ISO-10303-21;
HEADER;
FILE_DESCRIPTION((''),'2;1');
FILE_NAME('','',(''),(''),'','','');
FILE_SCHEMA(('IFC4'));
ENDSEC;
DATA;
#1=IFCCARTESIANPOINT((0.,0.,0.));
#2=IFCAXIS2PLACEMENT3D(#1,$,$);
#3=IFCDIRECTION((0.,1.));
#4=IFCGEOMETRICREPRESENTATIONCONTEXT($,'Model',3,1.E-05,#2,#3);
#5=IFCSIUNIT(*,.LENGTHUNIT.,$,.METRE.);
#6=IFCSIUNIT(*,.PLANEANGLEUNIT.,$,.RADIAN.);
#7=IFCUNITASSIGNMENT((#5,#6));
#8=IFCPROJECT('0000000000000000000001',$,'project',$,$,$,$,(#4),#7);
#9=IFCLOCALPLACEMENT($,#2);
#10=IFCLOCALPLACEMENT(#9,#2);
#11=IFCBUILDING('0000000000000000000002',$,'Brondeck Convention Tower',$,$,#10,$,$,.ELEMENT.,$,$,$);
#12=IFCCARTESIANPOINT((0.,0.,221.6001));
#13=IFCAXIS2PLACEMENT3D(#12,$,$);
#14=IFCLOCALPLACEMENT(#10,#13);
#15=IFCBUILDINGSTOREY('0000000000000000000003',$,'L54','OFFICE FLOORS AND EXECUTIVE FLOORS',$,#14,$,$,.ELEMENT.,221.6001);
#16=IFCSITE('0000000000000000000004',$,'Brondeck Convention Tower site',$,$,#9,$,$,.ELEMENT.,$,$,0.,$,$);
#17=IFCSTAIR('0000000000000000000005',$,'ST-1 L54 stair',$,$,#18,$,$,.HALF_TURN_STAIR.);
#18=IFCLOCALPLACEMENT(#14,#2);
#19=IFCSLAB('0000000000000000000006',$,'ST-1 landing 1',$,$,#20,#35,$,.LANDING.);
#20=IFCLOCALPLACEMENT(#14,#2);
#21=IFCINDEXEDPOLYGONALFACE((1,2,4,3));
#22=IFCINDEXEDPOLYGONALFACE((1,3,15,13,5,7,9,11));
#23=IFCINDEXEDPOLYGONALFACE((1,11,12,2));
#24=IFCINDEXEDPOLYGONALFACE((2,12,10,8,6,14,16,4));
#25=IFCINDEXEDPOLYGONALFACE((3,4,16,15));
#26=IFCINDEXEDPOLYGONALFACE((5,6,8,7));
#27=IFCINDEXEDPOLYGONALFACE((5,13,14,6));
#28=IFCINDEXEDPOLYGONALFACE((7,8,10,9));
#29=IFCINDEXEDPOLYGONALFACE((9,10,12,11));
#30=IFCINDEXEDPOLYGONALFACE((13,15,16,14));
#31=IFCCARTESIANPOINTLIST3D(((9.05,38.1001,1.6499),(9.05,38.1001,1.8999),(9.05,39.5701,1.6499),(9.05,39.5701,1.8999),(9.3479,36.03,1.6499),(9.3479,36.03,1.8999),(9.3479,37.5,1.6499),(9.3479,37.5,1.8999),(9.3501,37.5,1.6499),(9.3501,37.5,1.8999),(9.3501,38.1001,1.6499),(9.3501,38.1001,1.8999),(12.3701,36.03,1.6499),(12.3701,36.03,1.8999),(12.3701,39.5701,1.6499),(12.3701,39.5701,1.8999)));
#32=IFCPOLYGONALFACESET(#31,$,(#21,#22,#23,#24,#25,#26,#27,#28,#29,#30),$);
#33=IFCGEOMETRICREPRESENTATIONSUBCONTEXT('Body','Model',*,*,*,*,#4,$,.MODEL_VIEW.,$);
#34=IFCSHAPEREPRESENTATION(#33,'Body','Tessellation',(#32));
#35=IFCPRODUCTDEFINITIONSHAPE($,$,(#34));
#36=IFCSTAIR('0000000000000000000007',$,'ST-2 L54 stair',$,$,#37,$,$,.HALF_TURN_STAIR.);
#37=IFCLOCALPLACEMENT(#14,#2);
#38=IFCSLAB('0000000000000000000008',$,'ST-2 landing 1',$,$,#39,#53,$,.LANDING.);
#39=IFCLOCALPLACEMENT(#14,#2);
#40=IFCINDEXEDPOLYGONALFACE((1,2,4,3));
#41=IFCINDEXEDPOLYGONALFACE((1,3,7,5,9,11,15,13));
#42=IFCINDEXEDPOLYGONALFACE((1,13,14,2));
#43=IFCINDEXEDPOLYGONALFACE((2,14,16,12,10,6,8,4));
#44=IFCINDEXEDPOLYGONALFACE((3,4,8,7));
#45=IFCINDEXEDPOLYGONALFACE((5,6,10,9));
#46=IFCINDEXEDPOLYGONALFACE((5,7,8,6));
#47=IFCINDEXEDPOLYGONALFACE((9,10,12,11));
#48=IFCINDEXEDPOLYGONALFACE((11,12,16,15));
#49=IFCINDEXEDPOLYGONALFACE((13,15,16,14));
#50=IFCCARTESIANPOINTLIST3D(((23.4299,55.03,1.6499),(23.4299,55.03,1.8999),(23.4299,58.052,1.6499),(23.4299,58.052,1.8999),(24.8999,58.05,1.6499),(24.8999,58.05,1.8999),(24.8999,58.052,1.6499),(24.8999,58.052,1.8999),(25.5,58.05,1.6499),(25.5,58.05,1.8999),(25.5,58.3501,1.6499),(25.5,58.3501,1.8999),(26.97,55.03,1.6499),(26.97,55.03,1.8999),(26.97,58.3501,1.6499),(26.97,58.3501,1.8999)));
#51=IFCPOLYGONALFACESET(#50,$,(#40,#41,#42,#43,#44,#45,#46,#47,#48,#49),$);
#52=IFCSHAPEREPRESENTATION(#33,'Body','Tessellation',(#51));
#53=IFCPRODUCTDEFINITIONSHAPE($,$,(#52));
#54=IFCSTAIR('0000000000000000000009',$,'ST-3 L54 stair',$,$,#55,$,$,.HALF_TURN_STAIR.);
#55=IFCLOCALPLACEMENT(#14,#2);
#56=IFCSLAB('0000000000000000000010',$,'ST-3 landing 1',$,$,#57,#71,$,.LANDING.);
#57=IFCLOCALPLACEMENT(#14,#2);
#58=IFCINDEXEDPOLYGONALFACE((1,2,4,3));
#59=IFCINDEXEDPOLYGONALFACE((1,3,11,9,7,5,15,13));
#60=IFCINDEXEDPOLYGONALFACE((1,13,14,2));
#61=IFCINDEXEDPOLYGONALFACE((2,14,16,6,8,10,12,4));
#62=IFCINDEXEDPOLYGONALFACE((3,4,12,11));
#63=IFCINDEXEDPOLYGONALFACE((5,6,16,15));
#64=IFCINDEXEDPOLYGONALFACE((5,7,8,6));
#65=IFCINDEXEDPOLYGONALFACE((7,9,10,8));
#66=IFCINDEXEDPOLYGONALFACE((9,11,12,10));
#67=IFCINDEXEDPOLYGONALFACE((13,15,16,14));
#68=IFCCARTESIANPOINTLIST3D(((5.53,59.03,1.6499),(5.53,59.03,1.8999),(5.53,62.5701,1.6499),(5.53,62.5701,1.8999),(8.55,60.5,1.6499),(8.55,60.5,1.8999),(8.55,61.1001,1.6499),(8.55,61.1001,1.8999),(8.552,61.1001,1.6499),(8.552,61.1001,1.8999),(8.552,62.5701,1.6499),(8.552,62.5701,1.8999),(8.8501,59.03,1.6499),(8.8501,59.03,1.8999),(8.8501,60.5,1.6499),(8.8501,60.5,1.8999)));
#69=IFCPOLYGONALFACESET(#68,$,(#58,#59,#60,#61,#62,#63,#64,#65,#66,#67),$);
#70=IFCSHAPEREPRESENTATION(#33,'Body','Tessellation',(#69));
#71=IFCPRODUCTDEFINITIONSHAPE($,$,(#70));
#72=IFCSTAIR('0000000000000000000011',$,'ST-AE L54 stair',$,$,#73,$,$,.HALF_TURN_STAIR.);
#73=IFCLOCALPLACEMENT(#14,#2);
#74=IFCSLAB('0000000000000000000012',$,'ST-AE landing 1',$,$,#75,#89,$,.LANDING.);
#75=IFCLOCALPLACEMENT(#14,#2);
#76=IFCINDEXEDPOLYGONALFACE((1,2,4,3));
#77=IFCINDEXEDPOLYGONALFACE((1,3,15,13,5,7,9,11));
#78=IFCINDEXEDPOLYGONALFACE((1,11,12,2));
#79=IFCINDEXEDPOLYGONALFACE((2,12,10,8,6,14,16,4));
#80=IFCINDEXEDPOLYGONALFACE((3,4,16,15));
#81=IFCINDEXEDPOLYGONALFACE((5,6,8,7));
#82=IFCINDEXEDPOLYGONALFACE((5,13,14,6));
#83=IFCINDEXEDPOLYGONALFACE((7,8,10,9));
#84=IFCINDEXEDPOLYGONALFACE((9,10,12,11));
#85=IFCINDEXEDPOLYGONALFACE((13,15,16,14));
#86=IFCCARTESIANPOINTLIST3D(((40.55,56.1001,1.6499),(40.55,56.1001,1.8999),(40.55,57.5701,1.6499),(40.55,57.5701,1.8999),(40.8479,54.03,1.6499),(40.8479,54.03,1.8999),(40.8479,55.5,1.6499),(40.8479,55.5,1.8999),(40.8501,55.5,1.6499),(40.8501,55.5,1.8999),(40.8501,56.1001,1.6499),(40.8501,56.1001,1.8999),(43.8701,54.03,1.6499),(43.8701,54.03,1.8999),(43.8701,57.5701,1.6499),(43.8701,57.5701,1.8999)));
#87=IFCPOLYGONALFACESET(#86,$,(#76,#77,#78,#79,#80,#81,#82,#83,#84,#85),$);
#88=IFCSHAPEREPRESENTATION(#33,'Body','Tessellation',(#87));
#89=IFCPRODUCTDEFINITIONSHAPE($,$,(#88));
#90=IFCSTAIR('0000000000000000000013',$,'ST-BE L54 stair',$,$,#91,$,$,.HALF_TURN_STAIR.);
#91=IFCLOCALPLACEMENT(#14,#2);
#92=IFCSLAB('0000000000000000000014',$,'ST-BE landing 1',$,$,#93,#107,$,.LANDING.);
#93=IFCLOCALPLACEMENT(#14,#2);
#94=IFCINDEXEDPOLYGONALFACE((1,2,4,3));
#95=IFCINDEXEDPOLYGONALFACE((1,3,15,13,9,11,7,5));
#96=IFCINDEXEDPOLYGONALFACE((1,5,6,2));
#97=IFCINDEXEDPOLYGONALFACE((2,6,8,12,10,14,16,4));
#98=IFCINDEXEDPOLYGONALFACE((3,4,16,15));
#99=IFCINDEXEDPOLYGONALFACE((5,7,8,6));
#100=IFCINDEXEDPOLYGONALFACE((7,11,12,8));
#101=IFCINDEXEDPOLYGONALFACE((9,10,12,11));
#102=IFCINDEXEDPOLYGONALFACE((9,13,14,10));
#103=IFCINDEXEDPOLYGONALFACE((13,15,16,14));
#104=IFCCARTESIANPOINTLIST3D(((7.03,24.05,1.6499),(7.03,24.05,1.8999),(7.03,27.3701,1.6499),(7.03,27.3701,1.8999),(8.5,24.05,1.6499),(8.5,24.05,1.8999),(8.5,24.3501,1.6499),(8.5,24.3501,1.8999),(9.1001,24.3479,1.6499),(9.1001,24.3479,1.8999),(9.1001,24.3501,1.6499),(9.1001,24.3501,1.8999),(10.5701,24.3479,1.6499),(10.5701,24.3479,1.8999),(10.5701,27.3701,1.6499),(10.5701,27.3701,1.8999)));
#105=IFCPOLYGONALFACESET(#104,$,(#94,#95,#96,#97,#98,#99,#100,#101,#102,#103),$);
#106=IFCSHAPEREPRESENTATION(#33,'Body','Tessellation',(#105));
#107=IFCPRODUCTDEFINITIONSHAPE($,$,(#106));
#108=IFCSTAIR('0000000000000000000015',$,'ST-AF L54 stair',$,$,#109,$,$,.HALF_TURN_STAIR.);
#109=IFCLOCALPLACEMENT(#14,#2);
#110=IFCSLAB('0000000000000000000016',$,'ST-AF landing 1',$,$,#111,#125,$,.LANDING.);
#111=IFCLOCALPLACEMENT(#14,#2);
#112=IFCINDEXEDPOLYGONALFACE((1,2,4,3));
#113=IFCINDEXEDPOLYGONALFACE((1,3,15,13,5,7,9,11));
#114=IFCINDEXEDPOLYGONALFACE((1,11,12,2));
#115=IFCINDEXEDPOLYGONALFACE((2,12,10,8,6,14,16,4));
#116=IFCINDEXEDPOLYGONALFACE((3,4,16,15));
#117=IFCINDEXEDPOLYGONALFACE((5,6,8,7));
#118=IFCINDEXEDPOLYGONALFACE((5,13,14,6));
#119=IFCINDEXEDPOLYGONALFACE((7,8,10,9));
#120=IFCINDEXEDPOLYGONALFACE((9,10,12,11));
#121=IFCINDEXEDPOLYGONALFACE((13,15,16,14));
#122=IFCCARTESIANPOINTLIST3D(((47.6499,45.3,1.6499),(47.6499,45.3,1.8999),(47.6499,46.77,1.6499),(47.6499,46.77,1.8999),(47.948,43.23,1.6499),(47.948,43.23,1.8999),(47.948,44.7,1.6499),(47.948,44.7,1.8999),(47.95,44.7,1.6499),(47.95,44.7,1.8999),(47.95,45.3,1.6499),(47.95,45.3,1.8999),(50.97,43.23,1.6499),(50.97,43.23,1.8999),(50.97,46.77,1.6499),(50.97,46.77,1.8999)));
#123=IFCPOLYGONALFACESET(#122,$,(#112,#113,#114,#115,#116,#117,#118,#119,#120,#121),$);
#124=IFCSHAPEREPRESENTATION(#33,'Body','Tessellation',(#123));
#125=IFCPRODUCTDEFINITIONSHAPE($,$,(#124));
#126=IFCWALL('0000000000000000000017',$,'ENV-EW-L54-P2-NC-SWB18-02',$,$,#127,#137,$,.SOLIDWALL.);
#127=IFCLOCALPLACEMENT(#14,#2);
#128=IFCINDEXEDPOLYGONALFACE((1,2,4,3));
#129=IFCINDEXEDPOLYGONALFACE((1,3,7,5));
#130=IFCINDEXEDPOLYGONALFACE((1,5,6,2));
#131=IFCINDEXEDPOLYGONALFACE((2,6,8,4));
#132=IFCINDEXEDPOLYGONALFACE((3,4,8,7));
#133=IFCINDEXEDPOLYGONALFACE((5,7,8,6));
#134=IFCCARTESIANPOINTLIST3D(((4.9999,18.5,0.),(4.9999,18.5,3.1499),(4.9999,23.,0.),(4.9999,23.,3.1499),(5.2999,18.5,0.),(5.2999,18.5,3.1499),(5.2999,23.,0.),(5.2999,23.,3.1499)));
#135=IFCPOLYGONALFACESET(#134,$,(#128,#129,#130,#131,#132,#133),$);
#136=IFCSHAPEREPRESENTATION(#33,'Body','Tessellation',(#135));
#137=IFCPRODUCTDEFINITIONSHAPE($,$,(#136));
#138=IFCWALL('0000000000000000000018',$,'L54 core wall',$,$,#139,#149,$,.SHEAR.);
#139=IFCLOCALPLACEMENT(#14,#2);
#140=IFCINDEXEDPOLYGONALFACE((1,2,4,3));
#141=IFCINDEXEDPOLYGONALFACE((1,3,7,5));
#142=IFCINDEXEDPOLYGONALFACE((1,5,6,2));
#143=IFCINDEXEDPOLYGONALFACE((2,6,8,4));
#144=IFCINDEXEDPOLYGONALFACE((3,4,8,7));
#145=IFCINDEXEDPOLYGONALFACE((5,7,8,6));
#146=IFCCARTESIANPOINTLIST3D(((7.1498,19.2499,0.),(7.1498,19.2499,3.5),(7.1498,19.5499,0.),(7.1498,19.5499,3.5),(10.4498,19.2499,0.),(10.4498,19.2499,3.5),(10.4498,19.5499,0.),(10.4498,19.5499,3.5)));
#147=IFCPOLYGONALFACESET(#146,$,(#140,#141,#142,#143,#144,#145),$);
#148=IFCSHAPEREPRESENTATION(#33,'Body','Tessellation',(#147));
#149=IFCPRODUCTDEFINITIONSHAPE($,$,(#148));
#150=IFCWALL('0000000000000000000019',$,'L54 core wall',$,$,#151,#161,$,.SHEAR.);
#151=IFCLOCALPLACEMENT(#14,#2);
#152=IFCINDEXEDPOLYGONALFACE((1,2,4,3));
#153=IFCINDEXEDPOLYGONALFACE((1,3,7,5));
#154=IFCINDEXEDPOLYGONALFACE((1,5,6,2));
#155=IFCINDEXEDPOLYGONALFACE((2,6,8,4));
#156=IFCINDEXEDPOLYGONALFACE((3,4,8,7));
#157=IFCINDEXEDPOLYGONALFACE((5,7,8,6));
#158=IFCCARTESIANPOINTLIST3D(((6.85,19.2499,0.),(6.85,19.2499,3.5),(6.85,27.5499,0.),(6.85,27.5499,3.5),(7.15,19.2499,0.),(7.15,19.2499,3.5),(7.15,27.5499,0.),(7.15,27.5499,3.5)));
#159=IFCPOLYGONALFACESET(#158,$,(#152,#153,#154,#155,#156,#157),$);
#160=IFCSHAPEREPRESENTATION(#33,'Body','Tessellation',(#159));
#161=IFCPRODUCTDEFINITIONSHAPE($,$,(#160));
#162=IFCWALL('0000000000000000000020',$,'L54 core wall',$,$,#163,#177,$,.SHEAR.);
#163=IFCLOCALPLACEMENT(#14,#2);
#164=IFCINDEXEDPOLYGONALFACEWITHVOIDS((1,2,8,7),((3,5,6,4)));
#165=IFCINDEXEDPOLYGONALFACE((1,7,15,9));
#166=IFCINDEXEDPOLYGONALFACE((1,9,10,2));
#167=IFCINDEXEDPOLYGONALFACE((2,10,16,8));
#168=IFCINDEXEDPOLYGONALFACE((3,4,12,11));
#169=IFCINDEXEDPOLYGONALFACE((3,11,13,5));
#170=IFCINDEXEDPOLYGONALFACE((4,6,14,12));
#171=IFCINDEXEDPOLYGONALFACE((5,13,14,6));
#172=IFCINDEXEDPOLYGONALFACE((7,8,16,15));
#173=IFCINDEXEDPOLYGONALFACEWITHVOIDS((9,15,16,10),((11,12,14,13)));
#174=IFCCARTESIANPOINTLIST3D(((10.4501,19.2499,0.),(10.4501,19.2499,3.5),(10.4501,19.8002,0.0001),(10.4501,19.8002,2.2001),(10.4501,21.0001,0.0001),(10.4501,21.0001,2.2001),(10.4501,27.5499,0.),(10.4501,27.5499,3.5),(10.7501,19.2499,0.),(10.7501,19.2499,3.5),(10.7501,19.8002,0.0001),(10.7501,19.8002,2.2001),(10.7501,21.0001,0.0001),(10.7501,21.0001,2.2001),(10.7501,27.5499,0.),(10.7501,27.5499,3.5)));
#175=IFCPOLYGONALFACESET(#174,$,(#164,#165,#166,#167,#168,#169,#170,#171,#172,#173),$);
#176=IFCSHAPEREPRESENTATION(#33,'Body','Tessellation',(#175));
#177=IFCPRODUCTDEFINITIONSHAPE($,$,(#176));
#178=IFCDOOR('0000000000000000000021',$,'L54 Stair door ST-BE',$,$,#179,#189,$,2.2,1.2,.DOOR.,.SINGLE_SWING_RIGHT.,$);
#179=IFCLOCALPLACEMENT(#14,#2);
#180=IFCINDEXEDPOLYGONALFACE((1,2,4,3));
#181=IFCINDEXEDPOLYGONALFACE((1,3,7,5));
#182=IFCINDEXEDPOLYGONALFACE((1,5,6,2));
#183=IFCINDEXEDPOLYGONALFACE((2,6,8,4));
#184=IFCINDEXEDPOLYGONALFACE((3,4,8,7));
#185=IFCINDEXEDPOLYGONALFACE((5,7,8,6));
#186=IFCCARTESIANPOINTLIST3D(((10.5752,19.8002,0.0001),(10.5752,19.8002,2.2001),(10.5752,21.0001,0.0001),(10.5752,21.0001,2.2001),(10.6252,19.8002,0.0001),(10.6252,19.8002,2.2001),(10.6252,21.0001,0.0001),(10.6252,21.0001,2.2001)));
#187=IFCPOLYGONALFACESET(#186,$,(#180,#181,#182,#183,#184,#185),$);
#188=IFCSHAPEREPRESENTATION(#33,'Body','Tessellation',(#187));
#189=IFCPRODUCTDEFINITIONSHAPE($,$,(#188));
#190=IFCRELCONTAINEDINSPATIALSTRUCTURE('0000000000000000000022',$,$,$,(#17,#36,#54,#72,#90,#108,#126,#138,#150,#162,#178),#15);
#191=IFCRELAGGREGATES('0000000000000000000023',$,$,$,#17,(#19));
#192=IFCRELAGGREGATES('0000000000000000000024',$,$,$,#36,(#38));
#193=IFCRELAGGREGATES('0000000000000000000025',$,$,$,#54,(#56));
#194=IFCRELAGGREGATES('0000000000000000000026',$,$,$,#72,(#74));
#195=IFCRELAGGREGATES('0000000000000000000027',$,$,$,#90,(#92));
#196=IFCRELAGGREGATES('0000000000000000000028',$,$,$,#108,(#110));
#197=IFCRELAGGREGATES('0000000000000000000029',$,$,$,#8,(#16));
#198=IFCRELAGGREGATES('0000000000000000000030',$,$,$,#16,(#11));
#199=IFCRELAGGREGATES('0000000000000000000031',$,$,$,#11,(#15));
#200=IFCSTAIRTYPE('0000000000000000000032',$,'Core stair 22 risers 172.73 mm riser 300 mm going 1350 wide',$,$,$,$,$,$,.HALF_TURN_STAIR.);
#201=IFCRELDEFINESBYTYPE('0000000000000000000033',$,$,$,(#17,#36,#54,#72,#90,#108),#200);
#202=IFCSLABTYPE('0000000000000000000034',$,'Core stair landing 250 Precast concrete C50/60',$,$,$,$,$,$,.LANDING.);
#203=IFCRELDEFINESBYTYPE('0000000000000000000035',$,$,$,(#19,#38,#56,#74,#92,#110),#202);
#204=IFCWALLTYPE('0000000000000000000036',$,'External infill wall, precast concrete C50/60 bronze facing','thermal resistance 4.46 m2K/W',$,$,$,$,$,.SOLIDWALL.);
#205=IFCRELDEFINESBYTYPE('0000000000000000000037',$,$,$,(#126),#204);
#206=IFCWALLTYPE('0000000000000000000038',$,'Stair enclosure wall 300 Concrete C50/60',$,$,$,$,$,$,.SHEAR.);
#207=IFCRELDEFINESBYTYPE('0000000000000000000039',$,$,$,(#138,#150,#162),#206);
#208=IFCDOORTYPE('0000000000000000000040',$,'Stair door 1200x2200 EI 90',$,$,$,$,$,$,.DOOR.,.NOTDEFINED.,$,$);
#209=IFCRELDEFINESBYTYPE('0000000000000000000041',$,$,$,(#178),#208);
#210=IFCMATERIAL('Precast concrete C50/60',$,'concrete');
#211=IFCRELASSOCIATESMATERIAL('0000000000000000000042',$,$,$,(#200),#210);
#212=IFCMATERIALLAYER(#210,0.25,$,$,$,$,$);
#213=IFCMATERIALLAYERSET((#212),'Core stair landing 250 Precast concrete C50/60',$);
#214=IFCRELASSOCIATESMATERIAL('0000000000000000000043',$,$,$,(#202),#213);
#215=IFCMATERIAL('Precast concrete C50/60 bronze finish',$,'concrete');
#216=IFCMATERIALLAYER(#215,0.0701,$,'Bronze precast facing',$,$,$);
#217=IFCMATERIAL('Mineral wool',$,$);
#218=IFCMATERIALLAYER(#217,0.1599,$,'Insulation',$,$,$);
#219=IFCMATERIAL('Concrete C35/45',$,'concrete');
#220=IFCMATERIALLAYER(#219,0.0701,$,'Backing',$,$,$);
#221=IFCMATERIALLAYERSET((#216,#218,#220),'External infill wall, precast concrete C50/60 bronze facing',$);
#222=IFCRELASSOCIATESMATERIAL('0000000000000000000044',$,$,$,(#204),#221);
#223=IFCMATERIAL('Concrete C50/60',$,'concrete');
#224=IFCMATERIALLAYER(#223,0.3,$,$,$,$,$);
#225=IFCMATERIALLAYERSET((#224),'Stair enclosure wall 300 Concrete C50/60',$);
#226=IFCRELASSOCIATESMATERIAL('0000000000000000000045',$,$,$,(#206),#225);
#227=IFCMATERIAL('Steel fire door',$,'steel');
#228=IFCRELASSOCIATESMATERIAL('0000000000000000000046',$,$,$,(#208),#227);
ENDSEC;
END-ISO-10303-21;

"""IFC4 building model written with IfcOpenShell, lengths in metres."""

from ifc_helpers import new_model, si_unit, direction, frame, frame_2d, origin, place, context, subcontext, project, spatial, polyline, rectangle, outline, extrude, material, layer, layer_set, type_object, element, fill, aggregate, save


model = new_model("IFC4")

# Units and contexts
model_context = context("Model", 3, precision=1e-05, world=origin(), true_north=direction((0.0, 1.0)))
body_context = subcontext(model_context, "Body", "Model", "MODEL_VIEW")
ifc_project = project(units=[si_unit("LENGTHUNIT", "METRE"), si_unit("PLANEANGLEUNIT", "RADIAN")], contexts=[model_context])

# Site, building, storey
site_placement = place(None, origin())
site = spatial("IfcSite", under=ifc_project, at=site_placement, Name="Brondeck Convention Tower site", CompositionType="ELEMENT", RefElevation=0.0)
building_placement = place(site_placement, origin())
building = spatial("IfcBuilding", under=site, at=building_placement, Name="Brondeck Convention Tower", CompositionType="ELEMENT")
storey_placement = place(building_placement, frame((0.0, 0.0, 221.6001)))
storey = spatial("IfcBuildingStorey", under=building, at=storey_placement, Name="L54", Description="OFFICE FLOORS AND EXECUTIVE FLOORS", CompositionType="ELEMENT", Elevation=221.6001)

# Shared definitions
ifc_material_1 = material(Name="Concrete C50/60", Category="concrete")

# Shared definitions
ifc_material_2 = material(Name="Concrete C35/45", Category="concrete")

# Stairs, slabs
ifc_material_3 = material(Name="Precast concrete C50/60", Category="concrete")
stair_type = type_object("IfcStairType", Name="Core stair 22 risers 172.73 mm riser 300 mm going 1350 wide", PredefinedType="HALF_TURN_STAIR", material=ifc_material_3)
stair_1_placement = place(storey_placement, origin())
stair_1 = element("IfcStair", 1, at=stair_1_placement, inside=storey, type_object=stair_type, Name="ST-1 L54 stair", PredefinedType="HALF_TURN_STAIR")
ifc_layer_1 = layer(ifc_material_3, 0.25)
ifc_layer_set_1 = layer_set([ifc_layer_1], Name="Core stair landing 250 Precast concrete C50/60")
slab_type_1 = type_object("IfcSlabType", Name="Core stair landing 250 Precast concrete C50/60", PredefinedType="LANDING", material=ifc_layer_set_1)
slab_1_placement = place(storey_placement, frame((0.0, 0.0, 1.6499)))
slab_1 = element("IfcSlab", 2, at=slab_1_placement, type_object=slab_type_1, Name="ST-1 landing 1", PredefinedType="LANDING", context=body_context, shape_type="SweptSolid", body=[
    extrude(outline(polyline([(9.3479, 37.5), (9.3501, 37.5), (9.3501, 38.1001), (9.05, 38.1001), (9.05, 39.5701), (12.3701, 39.5701), (12.3701, 36.03), (9.3479, 36.03), (9.3479, 37.5)])), origin(), (0.0, 0.0, 1.0), 0.25),
])
aggregate(stair_1, [slab_1])
stair_2_placement = place(storey_placement, origin())
stair_2 = element("IfcStair", 3, at=stair_2_placement, inside=storey, type_object=stair_type, Name="ST-2 L54 stair", PredefinedType="HALF_TURN_STAIR")
slab_2_placement = place(storey_placement, frame((0.0, 0.0, 1.6499)))
slab_2 = element("IfcSlab", 4, at=slab_2_placement, type_object=slab_type_1, Name="ST-2 landing 1", PredefinedType="LANDING", context=body_context, shape_type="SweptSolid", body=[
    extrude(outline(polyline([(23.4299, 58.052), (24.8999, 58.052), (24.8999, 58.05), (25.5, 58.05), (25.5, 58.3501), (26.97, 58.3501), (26.97, 55.03), (23.4299, 55.03), (23.4299, 58.052)])), origin(), (0.0, 0.0, 1.0), 0.25),
])
aggregate(stair_2, [slab_2])
stair_3_placement = place(storey_placement, origin())
stair_3 = element("IfcStair", 5, at=stair_3_placement, inside=storey, type_object=stair_type, Name="ST-3 L54 stair", PredefinedType="HALF_TURN_STAIR")
slab_3_placement = place(storey_placement, frame((0.0, 0.0, 1.6499)))
slab_3 = element("IfcSlab", 6, at=slab_3_placement, type_object=slab_type_1, Name="ST-3 landing 1", PredefinedType="LANDING", context=body_context, shape_type="SweptSolid", body=[
    extrude(outline(polyline([(8.8501, 60.5), (8.8501, 59.03), (5.53, 59.03), (5.53, 62.5701), (8.552, 62.5701), (8.552, 61.1001), (8.55, 61.1001), (8.55, 60.5), (8.8501, 60.5)])), origin(), (0.0, 0.0, 1.0), 0.25),
])
aggregate(stair_3, [slab_3])
stair_4_placement = place(storey_placement, origin())
stair_4 = element("IfcStair", 7, at=stair_4_placement, inside=storey, type_object=stair_type, Name="ST-AE L54 stair", PredefinedType="HALF_TURN_STAIR")
slab_4_placement = place(storey_placement, frame((0.0, 0.0, 1.6499)))
slab_4 = element("IfcSlab", 8, at=slab_4_placement, type_object=slab_type_1, Name="ST-AE landing 1", PredefinedType="LANDING", context=body_context, shape_type="SweptSolid", body=[
    extrude(outline(polyline([(40.8479, 55.5), (40.8501, 55.5), (40.8501, 56.1001), (40.55, 56.1001), (40.55, 57.5701), (43.8701, 57.5701), (43.8701, 54.03), (40.8479, 54.03), (40.8479, 55.5)])), origin(), (0.0, 0.0, 1.0), 0.25),
])
aggregate(stair_4, [slab_4])
stair_5_placement = place(storey_placement, origin())
stair_5 = element("IfcStair", 9, at=stair_5_placement, inside=storey, type_object=stair_type, Name="ST-BE L54 stair", PredefinedType="HALF_TURN_STAIR")
slab_5_placement = place(storey_placement, frame((0.0, 0.0, 1.6499)))
slab_5 = element("IfcSlab", 10, at=slab_5_placement, type_object=slab_type_1, Name="ST-BE landing 1", PredefinedType="LANDING", context=body_context, shape_type="SweptSolid", body=[
    extrude(outline(polyline([(7.03, 24.05), (7.03, 27.3701), (10.5701, 27.3701), (10.5701, 24.3479), (9.1001, 24.3479), (9.1001, 24.3501), (8.5, 24.3501), (8.5, 24.05), (7.03, 24.05)])), origin(), (0.0, 0.0, 1.0), 0.25),
])
aggregate(stair_5, [slab_5])
stair_6_placement = place(storey_placement, origin())
stair_6 = element("IfcStair", 11, at=stair_6_placement, inside=storey, type_object=stair_type, Name="ST-AF L54 stair", PredefinedType="HALF_TURN_STAIR")
slab_6_placement = place(storey_placement, frame((0.0, 0.0, 1.6499)))
slab_6 = element("IfcSlab", 12, at=slab_6_placement, type_object=slab_type_1, Name="ST-AF landing 1", PredefinedType="LANDING", context=body_context, shape_type="SweptSolid", body=[
    extrude(outline(polyline([(47.948, 44.7), (47.95, 44.7), (47.95, 45.3), (47.6499, 45.3), (47.6499, 46.77), (50.97, 46.77), (50.97, 43.23), (47.948, 43.23), (47.948, 44.7)])), origin(), (0.0, 0.0, 1.0), 0.25),
])
aggregate(stair_6, [slab_6])

# Walls
ifc_material_4 = material(Name="Precast concrete C50/60 bronze finish", Category="concrete")
ifc_layer_2 = layer(ifc_material_4, 0.0701, Name="Bronze precast facing")
ifc_material_5 = material(Name="Mineral wool")
ifc_layer_3 = layer(ifc_material_5, 0.1599, Name="Insulation")
ifc_layer_4 = layer(ifc_material_2, 0.0701, Name="Backing")
ifc_layer_set_2 = layer_set([ifc_layer_2, ifc_layer_3, ifc_layer_4], Name="External infill wall, precast concrete C50/60 bronze facing")
wall_type_1 = type_object("IfcWallType", Name="External infill wall, precast concrete C50/60 bronze facing", Description="thermal resistance 4.46 m2K/W", PredefinedType="SOLIDWALL", material=ifc_layer_set_2)
wall_1_placement = place(storey_placement, frame((5.1499, 18.5, 0.0), z_axis=(0.0, 0.0, 1.0), x_axis=(0.0, 1.0, 0.0)))
element("IfcWall", 13, at=wall_1_placement, inside=storey, type_object=wall_type_1, Name="ENV-EW-L54-P2-NC-SWB18-02", PredefinedType="SOLIDWALL", context=body_context, shape_type="SweptSolid", body=[
    extrude(rectangle(XDim=4.5, YDim=0.3, at=frame_2d((2.25, 0.0))), origin(), (0.0, 0.0, 1.0), 3.1499),
])
ifc_layer_5 = layer(ifc_material_1, 0.3)
ifc_layer_set_3 = layer_set([ifc_layer_5], Name="Stair enclosure wall 300 Concrete C50/60")
wall_type_2 = type_object("IfcWallType", Name="Stair enclosure wall 300 Concrete C50/60", PredefinedType="SHEAR", material=ifc_layer_set_3)
wall_2_placement = place(storey_placement, frame((7.1499, 19.3999, 0.0), z_axis=(0.0, 0.0, 1.0), x_axis=(1.0, 0.0, 0.0)))
element("IfcWall", 14, at=wall_2_placement, inside=storey, type_object=wall_type_2, Name="L54 core wall", PredefinedType="SHEAR", context=body_context, shape_type="SweptSolid", body=[
    extrude(rectangle(XDim=3.3, YDim=0.3, at=frame_2d((1.6499, 0.0))), origin(), (0.0, 0.0, 1.0), 3.5),
])
wall_3_placement = place(storey_placement, frame((7.0, 19.25, 0.0), z_axis=(0.0, 0.0, 1.0), x_axis=(0.0, 1.0, 0.0)))
element("IfcWall", 15, at=wall_3_placement, inside=storey, type_object=wall_type_2, Name="L54 core wall", PredefinedType="SHEAR", context=body_context, shape_type="SweptSolid", body=[
    extrude(rectangle(XDim=8.3, YDim=0.3, at=frame_2d((4.1499, 0.0))), origin(), (0.0, 0.0, 1.0), 3.5),
])

# Wall, opening, door
wall_4_placement = place(storey_placement, frame((10.6001, 19.25, 0.0), z_axis=(0.0, 0.0, 1.0), x_axis=(0.0, 1.0, 0.0)))
wall_4 = element("IfcWall", 16, at=wall_4_placement, inside=storey, type_object=wall_type_2, Name="L54 core wall", PredefinedType="SHEAR", context=body_context, shape_type="SweptSolid", body=[
    extrude(rectangle(XDim=8.3, YDim=0.3, at=frame_2d((4.1499, 0.0))), origin(), (0.0, 0.0, 1.0), 3.5),
])
opening_placement = place(wall_4_placement, frame((0.55, 0.0, 0.0)))
opening = element("IfcOpeningElement", 17, at=opening_placement, cuts=wall_4, PredefinedType="OPENING", context=body_context, shape_type="SweptSolid", body=[
    extrude(rectangle(XDim=1.2, YDim=2.2, at=frame_2d((0.6001, 1.1001))), frame((0.0, 0.1599, 0.0), z_axis=(0.0, -1.0, 0.0), x_axis=(1.0, 0.0, 0.0)), (0.0, 0.0, 1.0), 0.3201),
])
ifc_material_6 = material(Name="Steel fire door", Category="steel")
door_type = type_object("IfcDoorType", Name="Stair door 1200x2200 EI 90", OperationType="NOTDEFINED", PredefinedType="DOOR", material=ifc_material_6)
door_placement = place(opening_placement, origin())
door = element("IfcDoor", 18, at=door_placement, inside=storey, type_object=door_type, Name="L54 Stair door ST-BE", OperationType="SINGLE_SWING_RIGHT", OverallHeight=2.2, OverallWidth=1.2, PredefinedType="DOOR", context=body_context, shape_type="SweptSolid", body=[
    extrude(rectangle(XDim=1.2, YDim=2.2, at=frame_2d((0.6001, 1.1001))), frame((0.0, 0.0249, 0.0), z_axis=(0.0, -1.0, 0.0), x_axis=(1.0, 0.0, 0.0)), (0.0, 0.0, 1.0), 0.05),
])
fill(opening, door)

save(model, "model.ifc")
